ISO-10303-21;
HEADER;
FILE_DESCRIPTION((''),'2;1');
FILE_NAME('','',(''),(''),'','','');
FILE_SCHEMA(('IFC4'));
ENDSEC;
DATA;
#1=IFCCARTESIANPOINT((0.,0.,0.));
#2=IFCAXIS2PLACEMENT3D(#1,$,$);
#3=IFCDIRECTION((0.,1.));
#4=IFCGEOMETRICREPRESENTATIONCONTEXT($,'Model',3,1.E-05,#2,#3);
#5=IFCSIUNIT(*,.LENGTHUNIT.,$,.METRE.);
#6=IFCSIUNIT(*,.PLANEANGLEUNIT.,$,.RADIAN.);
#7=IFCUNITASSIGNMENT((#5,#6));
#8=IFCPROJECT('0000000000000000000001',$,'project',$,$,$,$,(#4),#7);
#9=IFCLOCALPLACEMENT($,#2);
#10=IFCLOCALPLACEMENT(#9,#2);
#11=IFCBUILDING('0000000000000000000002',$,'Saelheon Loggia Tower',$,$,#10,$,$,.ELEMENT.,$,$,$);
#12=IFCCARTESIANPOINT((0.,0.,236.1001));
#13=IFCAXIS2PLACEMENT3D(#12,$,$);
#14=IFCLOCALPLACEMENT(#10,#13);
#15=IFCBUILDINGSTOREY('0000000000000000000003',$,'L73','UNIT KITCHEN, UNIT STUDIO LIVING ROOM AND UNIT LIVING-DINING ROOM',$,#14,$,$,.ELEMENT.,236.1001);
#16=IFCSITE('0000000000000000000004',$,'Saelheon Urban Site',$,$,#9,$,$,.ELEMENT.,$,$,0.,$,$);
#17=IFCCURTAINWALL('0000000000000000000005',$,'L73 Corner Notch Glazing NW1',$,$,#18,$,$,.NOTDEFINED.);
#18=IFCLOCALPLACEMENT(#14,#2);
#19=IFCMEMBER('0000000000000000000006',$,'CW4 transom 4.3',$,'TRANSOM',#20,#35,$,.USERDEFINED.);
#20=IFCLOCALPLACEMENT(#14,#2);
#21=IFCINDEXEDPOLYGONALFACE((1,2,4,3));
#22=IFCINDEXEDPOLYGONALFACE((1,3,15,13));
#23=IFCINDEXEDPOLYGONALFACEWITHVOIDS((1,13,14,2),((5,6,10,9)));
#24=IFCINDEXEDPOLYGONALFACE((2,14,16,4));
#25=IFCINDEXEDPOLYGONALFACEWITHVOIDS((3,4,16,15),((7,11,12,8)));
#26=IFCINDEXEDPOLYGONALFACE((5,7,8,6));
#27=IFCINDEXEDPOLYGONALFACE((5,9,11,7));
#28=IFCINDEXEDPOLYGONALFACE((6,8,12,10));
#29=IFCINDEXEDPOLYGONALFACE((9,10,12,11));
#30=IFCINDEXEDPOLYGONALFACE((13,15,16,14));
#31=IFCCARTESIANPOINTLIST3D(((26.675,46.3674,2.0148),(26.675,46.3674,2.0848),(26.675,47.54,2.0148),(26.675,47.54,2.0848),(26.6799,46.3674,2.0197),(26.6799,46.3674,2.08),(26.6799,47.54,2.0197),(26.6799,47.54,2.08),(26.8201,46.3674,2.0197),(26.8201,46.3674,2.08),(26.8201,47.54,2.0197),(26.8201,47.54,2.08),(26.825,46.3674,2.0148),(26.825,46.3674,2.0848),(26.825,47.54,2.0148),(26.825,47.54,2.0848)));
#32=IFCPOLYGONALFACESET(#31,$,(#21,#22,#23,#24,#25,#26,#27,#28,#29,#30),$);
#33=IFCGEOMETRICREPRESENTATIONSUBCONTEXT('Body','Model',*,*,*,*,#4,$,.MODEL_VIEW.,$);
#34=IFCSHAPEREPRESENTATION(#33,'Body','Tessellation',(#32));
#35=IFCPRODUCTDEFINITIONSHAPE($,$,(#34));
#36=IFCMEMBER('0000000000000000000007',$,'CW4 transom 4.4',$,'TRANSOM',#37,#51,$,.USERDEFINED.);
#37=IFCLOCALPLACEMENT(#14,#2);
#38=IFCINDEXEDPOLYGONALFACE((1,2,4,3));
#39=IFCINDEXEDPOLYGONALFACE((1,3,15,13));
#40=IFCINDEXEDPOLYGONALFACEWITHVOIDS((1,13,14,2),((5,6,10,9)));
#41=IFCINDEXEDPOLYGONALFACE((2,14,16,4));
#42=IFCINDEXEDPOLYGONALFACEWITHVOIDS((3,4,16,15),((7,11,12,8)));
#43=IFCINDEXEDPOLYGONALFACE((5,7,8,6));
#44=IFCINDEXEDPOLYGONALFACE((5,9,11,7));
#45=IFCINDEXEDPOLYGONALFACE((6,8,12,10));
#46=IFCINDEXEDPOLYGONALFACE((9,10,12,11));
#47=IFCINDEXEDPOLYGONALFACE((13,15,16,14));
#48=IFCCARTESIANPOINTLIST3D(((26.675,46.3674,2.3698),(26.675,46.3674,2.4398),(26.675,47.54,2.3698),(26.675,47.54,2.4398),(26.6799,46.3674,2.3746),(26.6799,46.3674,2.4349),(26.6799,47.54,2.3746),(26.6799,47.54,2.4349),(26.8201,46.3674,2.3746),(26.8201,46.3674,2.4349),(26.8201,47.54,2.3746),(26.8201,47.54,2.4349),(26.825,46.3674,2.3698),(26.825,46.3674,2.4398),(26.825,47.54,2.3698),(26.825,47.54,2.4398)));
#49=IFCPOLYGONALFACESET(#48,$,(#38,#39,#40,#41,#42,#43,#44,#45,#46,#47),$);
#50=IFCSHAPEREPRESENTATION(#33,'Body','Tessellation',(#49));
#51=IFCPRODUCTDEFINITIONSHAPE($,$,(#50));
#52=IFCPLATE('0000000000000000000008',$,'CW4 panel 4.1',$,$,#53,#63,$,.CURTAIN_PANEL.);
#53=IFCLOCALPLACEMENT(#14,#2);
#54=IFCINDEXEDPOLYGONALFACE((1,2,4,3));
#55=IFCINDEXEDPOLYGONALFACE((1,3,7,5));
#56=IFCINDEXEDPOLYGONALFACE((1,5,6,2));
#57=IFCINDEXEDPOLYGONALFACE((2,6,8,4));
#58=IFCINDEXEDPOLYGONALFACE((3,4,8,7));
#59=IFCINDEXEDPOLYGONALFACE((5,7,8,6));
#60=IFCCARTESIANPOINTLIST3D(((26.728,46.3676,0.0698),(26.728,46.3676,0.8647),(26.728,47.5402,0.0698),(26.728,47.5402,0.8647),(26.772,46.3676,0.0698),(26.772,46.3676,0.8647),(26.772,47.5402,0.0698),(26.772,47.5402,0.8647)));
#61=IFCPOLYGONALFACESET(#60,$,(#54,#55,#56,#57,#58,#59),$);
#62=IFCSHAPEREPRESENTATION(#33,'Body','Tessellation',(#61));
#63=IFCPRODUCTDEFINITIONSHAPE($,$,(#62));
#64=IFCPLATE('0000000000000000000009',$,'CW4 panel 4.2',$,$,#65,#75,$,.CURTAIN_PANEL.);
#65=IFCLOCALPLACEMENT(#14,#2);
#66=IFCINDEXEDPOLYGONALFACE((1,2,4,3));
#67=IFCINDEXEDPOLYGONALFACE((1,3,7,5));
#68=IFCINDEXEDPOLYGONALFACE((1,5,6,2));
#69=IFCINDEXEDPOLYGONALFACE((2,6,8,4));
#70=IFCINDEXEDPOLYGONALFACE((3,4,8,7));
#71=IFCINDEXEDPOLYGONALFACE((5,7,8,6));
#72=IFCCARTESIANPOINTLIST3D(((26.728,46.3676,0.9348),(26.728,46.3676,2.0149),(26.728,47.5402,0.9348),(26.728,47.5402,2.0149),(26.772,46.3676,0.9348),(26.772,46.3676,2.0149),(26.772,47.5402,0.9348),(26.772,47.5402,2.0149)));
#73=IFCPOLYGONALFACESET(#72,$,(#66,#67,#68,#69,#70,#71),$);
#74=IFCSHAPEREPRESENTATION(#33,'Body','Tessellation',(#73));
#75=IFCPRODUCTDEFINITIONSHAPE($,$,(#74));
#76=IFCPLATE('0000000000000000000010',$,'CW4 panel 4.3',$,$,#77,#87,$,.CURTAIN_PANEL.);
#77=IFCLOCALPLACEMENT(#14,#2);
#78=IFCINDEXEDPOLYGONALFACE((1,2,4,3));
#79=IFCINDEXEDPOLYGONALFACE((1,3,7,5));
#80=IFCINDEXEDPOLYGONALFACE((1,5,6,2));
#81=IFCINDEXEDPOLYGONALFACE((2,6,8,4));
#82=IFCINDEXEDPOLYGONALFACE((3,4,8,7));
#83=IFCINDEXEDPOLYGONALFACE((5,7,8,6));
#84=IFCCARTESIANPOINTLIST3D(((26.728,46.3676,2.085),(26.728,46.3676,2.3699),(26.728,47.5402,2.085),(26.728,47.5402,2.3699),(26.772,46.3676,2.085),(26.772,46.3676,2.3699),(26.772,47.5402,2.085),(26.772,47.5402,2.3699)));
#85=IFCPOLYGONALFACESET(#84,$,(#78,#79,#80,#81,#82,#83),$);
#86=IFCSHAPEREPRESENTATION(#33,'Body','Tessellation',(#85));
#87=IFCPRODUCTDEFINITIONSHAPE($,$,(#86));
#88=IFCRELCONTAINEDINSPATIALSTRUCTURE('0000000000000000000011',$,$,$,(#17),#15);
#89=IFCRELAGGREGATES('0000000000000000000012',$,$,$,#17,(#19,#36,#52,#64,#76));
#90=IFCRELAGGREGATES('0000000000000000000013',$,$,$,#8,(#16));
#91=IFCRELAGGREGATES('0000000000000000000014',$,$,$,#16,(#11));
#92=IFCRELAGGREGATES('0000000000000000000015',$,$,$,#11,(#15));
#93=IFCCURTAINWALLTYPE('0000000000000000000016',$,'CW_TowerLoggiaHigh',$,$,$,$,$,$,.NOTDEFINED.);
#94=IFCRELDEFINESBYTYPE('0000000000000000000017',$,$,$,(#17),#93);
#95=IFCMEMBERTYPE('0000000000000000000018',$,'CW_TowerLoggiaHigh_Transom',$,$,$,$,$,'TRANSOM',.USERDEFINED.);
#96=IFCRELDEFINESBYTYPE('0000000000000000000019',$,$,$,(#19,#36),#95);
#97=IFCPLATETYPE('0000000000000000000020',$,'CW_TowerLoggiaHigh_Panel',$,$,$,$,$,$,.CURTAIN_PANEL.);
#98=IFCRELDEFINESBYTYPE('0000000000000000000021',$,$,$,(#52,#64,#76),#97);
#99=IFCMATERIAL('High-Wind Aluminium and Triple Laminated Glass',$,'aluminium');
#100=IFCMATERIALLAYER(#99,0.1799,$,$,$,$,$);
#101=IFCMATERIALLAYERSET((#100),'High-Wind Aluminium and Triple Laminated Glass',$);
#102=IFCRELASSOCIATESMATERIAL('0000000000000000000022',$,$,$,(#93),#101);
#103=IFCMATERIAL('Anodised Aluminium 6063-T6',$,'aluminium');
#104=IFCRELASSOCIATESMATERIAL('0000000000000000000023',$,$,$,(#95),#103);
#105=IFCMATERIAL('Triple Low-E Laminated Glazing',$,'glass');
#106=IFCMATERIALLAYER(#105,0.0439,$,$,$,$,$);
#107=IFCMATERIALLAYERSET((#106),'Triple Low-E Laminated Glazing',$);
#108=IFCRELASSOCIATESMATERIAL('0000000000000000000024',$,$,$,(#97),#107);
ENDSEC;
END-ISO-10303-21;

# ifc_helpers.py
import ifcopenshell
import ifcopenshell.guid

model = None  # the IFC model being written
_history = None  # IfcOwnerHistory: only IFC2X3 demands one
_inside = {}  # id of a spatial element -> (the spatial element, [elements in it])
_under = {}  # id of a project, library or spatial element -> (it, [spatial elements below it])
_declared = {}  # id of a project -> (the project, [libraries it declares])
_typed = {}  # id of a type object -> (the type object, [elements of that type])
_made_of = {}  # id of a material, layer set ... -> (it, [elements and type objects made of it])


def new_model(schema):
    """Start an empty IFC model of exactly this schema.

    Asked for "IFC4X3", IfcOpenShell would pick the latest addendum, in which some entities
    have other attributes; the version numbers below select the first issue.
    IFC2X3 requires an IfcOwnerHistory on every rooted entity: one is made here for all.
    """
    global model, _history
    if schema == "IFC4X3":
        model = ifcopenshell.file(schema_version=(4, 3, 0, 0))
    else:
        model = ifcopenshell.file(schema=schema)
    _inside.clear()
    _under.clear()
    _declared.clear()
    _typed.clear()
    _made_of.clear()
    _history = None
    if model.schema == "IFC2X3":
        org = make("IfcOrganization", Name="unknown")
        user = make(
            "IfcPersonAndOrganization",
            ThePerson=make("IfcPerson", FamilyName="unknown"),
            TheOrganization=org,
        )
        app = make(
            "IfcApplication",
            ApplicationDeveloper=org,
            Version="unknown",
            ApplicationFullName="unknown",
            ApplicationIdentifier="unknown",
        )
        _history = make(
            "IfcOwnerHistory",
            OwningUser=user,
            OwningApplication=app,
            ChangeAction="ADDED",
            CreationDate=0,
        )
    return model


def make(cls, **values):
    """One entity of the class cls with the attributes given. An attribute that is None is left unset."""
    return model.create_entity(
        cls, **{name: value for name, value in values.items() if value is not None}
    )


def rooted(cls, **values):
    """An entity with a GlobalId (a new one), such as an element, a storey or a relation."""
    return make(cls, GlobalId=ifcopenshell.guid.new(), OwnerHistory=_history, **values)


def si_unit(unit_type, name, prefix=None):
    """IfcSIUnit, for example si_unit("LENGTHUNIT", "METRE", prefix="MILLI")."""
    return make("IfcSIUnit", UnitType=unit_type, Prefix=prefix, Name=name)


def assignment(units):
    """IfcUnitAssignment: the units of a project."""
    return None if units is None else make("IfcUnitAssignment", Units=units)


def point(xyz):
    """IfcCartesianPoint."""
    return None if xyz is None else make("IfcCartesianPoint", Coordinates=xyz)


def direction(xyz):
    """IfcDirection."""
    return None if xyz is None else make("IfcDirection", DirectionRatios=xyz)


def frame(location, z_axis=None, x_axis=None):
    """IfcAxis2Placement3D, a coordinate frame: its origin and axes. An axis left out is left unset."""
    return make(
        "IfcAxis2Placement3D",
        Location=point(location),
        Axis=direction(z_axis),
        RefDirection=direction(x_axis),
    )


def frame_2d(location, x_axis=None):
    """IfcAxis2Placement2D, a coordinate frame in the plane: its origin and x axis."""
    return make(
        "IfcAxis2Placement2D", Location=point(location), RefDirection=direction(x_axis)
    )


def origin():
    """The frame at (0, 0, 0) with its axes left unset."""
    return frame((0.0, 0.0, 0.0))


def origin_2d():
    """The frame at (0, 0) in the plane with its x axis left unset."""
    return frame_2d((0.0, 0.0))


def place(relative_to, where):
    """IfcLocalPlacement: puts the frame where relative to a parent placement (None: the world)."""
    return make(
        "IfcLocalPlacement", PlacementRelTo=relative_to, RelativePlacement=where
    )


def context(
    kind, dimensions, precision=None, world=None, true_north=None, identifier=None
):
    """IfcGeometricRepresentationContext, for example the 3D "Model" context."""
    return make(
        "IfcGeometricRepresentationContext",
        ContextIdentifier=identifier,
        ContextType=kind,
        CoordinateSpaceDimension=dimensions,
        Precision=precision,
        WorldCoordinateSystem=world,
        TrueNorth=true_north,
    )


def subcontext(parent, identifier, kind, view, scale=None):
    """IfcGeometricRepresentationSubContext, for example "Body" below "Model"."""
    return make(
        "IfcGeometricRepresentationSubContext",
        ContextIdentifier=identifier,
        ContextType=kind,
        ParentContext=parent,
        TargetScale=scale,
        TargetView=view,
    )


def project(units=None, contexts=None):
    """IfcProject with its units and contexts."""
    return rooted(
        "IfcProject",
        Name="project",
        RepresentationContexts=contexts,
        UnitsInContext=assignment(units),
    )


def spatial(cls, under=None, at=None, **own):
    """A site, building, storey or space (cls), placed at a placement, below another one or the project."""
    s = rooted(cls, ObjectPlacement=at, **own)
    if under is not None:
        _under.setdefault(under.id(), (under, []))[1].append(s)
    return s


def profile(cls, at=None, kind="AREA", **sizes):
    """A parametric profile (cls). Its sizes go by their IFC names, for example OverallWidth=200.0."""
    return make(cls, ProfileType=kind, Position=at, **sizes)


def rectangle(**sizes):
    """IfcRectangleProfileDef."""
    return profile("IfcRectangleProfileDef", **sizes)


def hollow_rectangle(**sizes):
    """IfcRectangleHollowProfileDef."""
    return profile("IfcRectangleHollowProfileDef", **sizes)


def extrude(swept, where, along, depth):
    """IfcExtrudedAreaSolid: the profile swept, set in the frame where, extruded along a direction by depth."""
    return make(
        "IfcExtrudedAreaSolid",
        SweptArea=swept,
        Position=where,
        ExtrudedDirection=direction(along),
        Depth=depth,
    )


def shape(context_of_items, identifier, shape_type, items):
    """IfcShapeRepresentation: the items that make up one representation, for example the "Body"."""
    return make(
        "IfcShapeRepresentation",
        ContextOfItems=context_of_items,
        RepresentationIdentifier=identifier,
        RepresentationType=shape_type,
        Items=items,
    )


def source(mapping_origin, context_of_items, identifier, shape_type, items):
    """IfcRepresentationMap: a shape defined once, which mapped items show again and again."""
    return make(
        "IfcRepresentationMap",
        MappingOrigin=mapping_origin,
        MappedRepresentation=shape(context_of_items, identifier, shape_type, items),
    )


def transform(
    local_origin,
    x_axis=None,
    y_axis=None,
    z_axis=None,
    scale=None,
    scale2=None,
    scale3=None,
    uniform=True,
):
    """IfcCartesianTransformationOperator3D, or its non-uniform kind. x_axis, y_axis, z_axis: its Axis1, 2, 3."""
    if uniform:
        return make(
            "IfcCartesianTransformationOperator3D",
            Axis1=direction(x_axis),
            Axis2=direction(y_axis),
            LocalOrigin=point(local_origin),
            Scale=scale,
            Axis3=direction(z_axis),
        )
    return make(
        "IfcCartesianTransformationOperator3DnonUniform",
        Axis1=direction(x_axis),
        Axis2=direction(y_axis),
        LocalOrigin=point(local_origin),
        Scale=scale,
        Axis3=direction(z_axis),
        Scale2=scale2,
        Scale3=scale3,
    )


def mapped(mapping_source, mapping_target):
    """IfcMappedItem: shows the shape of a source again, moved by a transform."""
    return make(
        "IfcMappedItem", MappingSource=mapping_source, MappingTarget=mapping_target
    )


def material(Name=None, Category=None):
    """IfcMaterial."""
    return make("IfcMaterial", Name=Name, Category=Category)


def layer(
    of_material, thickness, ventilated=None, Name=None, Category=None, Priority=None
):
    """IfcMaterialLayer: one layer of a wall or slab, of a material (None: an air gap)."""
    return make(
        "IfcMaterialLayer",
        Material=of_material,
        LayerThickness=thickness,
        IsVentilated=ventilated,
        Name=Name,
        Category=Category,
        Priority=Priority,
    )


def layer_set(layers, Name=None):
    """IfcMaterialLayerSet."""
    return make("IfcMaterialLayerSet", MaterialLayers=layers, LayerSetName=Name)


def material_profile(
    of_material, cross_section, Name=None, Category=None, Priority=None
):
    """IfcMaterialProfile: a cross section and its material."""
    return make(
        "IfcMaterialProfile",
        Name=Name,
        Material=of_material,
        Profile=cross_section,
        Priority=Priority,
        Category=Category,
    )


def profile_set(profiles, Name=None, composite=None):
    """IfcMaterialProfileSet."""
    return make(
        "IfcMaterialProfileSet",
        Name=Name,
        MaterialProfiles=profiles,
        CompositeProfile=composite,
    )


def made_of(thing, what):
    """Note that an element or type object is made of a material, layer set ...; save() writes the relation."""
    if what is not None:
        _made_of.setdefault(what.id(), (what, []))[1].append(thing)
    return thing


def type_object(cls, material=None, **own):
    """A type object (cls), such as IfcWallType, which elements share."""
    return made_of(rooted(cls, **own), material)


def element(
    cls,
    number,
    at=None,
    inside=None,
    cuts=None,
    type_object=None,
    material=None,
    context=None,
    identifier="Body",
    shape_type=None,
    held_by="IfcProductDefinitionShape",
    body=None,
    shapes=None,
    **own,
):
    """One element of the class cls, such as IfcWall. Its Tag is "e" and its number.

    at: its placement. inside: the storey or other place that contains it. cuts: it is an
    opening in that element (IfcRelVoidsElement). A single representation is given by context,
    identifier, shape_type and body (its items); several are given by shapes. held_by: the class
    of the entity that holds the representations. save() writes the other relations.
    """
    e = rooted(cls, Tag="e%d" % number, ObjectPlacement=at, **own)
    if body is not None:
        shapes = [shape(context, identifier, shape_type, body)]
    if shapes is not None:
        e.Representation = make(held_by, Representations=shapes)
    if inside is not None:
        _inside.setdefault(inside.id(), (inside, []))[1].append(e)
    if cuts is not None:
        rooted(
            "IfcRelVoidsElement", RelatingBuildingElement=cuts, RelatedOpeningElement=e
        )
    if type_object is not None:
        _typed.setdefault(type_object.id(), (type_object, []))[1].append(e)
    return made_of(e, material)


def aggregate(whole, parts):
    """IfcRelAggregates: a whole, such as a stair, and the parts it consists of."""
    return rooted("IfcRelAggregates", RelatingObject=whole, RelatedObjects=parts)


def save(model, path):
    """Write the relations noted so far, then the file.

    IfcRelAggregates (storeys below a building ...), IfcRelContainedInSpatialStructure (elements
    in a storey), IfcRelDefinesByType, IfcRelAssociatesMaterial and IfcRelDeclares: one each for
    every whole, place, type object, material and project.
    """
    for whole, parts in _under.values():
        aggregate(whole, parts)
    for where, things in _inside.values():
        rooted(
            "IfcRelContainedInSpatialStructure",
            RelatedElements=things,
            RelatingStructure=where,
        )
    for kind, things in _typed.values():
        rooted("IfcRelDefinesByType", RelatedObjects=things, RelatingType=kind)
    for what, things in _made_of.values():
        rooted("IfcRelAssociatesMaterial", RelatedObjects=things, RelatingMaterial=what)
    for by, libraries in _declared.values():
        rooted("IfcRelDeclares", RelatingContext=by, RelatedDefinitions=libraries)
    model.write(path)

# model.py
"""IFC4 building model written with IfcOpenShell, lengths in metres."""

from ifc_helpers import new_model, si_unit, direction, frame, origin, origin_2d, place, context, subcontext, project, spatial, rectangle, hollow_rectangle, extrude, source, transform, mapped, material, layer, layer_set, material_profile, profile_set, type_object, element, aggregate, save


model = new_model("IFC4")

# Units and contexts
model_context = context("Model", 3, precision=1e-05, world=origin(), true_north=direction((0.0, 1.0)))
body_context = subcontext(model_context, "Body", "Model", "MODEL_VIEW")
ifc_project = project(units=[si_unit("LENGTHUNIT", "METRE"), si_unit("PLANEANGLEUNIT", "RADIAN")], contexts=[model_context])

# Site, building, storey
site_placement = place(None, origin())
site = spatial("IfcSite", under=ifc_project, at=site_placement, Name="Saelheon Urban Site", CompositionType="ELEMENT", RefElevation=0.0)
building_placement = place(site_placement, origin())
building = spatial("IfcBuilding", under=site, at=building_placement, Name="Saelheon Loggia Tower", CompositionType="ELEMENT")
storey_placement = place(building_placement, frame((0.0, 0.0, 236.1001)))
storey = spatial("IfcBuildingStorey", under=building, at=storey_placement, Name="L73", Description="UNIT KITCHEN, UNIT STUDIO LIVING ROOM AND UNIT LIVING-DINING ROOM", CompositionType="ELEMENT", Elevation=236.1001)

# Curtain wall, members, plates
ifc_material_1 = material(Name="High-Wind Aluminium and Triple Laminated Glass", Category="aluminium")
ifc_layer_1 = layer(ifc_material_1, 0.1799)
ifc_layer_set_1 = layer_set([ifc_layer_1], Name="High-Wind Aluminium and Triple Laminated Glass")
curtain_wall_type = type_object("IfcCurtainWallType", Name="CW_TowerLoggiaHigh", PredefinedType="NOTDEFINED", material=ifc_layer_set_1)
curtain_wall_placement = place(storey_placement, origin())
curtain_wall = element("IfcCurtainWall", 1, at=curtain_wall_placement, inside=storey, type_object=curtain_wall_type, Name="L73 Corner Notch Glazing NW1", PredefinedType="NOTDEFINED")
ifc_material_2 = material(Name="Anodised Aluminium 6063-T6", Category="aluminium")
ifc_material_profile_1 = material_profile(ifc_material_2, hollow_rectangle(XDim=0.0701, YDim=0.1499, WallThickness=0.0049, at=origin_2d()), Name="RHS-150x70x5")
ifc_profile_set_1 = profile_set([ifc_material_profile_1], Name="Anodised Aluminium 6063-T6")
member_type_1 = type_object("IfcMemberType", Name="CW_TowerLoggiaHigh_Transom", ElementType="TRANSOM", PredefinedType="USERDEFINED", material=ifc_profile_set_1)
shared_shape_1 = source(origin(), body_context, "Body", "SweptSolid", [
    extrude(hollow_rectangle(XDim=0.0701, YDim=0.1499, WallThickness=0.0049, at=origin_2d()), origin(), (0.0, 0.0, 1.0), 1.1726),
])
member_1_placement = place(storey_placement, frame((26.75, 46.3674, 2.0498), z_axis=(0.0, 1.0, 0.0), x_axis=(0.0, 0.0, 1.0)))
member_1 = element("IfcMember", 2, at=member_1_placement, type_object=member_type_1, Name="CW4 transom 4.3", ObjectType="TRANSOM", PredefinedType="USERDEFINED", context=body_context, shape_type="MappedRepresentation", body=[
    mapped(shared_shape_1, transform((0.0, 0.0, 0.0), scale=1.0)),
])
member_2_placement = place(storey_placement, frame((26.75, 46.3674, 2.4048), z_axis=(0.0, 1.0, 0.0), x_axis=(0.0, 0.0, 1.0)))
member_2 = element("IfcMember", 3, at=member_2_placement, type_object=member_type_1, Name="CW4 transom 4.4", ObjectType="TRANSOM", PredefinedType="USERDEFINED", context=body_context, shape_type="MappedRepresentation", body=[
    mapped(shared_shape_1, transform((0.0, 0.0, 0.0), scale=1.0)),
])
ifc_material_3 = material(Name="Triple Low-E Laminated Glazing", Category="glass")
ifc_layer_2 = layer(ifc_material_3, 0.0439)
ifc_layer_set_2 = layer_set([ifc_layer_2], Name="Triple Low-E Laminated Glazing")
plate_type = type_object("IfcPlateType", Name="CW_TowerLoggiaHigh_Panel", PredefinedType="CURTAIN_PANEL", material=ifc_layer_set_2)
shared_shape_2 = source(origin(), body_context, "Body", "SweptSolid", [
    extrude(rectangle(XDim=1.1726, YDim=0.0439, at=origin_2d()), origin(), (0.0, 0.0, 1.0), 0.7949),
])
plate_1_placement = place(storey_placement, frame((26.75, 46.9539, 0.0698), z_axis=(0.0, 0.0, 1.0), x_axis=(0.0, 1.0, 0.0)))
plate_1 = element("IfcPlate", 4, at=plate_1_placement, type_object=plate_type, Name="CW4 panel 4.1", PredefinedType="CURTAIN_PANEL", context=body_context, shape_type="MappedRepresentation", body=[
    mapped(shared_shape_2, transform((0.0, 0.0, 0.0), scale=1.0)),
])
shared_shape_3 = source(origin(), body_context, "Body", "SweptSolid", [
    extrude(rectangle(XDim=1.1726, YDim=0.0439, at=origin_2d()), origin(), (0.0, 0.0, 1.0), 1.0801),
])
plate_2_placement = place(storey_placement, frame((26.75, 46.9539, 0.9348), z_axis=(0.0, 0.0, 1.0), x_axis=(0.0, 1.0, 0.0)))
plate_2 = element("IfcPlate", 5, at=plate_2_placement, type_object=plate_type, Name="CW4 panel 4.2", PredefinedType="CURTAIN_PANEL", context=body_context, shape_type="MappedRepresentation", body=[
    mapped(shared_shape_3, transform((0.0, 0.0, 0.0), scale=1.0)),
])
shared_shape_4 = source(origin(), body_context, "Body", "SweptSolid", [
    extrude(rectangle(XDim=1.1726, YDim=0.0439, at=origin_2d()), origin(), (0.0, 0.0, 1.0), 0.2849),
])
plate_3_placement = place(storey_placement, frame((26.75, 46.9539, 2.085), z_axis=(0.0, 0.0, 1.0), x_axis=(0.0, 1.0, 0.0)))
plate_3 = element("IfcPlate", 6, at=plate_3_placement, type_object=plate_type, Name="CW4 panel 4.3", PredefinedType="CURTAIN_PANEL", context=body_context, shape_type="MappedRepresentation", body=[
    mapped(shared_shape_4, transform((0.0, 0.0, 0.0), scale=1.0)),
])
aggregate(curtain_wall, [member_1, member_2, plate_1, plate_2, plate_3])

save(model, "model.ifc")
